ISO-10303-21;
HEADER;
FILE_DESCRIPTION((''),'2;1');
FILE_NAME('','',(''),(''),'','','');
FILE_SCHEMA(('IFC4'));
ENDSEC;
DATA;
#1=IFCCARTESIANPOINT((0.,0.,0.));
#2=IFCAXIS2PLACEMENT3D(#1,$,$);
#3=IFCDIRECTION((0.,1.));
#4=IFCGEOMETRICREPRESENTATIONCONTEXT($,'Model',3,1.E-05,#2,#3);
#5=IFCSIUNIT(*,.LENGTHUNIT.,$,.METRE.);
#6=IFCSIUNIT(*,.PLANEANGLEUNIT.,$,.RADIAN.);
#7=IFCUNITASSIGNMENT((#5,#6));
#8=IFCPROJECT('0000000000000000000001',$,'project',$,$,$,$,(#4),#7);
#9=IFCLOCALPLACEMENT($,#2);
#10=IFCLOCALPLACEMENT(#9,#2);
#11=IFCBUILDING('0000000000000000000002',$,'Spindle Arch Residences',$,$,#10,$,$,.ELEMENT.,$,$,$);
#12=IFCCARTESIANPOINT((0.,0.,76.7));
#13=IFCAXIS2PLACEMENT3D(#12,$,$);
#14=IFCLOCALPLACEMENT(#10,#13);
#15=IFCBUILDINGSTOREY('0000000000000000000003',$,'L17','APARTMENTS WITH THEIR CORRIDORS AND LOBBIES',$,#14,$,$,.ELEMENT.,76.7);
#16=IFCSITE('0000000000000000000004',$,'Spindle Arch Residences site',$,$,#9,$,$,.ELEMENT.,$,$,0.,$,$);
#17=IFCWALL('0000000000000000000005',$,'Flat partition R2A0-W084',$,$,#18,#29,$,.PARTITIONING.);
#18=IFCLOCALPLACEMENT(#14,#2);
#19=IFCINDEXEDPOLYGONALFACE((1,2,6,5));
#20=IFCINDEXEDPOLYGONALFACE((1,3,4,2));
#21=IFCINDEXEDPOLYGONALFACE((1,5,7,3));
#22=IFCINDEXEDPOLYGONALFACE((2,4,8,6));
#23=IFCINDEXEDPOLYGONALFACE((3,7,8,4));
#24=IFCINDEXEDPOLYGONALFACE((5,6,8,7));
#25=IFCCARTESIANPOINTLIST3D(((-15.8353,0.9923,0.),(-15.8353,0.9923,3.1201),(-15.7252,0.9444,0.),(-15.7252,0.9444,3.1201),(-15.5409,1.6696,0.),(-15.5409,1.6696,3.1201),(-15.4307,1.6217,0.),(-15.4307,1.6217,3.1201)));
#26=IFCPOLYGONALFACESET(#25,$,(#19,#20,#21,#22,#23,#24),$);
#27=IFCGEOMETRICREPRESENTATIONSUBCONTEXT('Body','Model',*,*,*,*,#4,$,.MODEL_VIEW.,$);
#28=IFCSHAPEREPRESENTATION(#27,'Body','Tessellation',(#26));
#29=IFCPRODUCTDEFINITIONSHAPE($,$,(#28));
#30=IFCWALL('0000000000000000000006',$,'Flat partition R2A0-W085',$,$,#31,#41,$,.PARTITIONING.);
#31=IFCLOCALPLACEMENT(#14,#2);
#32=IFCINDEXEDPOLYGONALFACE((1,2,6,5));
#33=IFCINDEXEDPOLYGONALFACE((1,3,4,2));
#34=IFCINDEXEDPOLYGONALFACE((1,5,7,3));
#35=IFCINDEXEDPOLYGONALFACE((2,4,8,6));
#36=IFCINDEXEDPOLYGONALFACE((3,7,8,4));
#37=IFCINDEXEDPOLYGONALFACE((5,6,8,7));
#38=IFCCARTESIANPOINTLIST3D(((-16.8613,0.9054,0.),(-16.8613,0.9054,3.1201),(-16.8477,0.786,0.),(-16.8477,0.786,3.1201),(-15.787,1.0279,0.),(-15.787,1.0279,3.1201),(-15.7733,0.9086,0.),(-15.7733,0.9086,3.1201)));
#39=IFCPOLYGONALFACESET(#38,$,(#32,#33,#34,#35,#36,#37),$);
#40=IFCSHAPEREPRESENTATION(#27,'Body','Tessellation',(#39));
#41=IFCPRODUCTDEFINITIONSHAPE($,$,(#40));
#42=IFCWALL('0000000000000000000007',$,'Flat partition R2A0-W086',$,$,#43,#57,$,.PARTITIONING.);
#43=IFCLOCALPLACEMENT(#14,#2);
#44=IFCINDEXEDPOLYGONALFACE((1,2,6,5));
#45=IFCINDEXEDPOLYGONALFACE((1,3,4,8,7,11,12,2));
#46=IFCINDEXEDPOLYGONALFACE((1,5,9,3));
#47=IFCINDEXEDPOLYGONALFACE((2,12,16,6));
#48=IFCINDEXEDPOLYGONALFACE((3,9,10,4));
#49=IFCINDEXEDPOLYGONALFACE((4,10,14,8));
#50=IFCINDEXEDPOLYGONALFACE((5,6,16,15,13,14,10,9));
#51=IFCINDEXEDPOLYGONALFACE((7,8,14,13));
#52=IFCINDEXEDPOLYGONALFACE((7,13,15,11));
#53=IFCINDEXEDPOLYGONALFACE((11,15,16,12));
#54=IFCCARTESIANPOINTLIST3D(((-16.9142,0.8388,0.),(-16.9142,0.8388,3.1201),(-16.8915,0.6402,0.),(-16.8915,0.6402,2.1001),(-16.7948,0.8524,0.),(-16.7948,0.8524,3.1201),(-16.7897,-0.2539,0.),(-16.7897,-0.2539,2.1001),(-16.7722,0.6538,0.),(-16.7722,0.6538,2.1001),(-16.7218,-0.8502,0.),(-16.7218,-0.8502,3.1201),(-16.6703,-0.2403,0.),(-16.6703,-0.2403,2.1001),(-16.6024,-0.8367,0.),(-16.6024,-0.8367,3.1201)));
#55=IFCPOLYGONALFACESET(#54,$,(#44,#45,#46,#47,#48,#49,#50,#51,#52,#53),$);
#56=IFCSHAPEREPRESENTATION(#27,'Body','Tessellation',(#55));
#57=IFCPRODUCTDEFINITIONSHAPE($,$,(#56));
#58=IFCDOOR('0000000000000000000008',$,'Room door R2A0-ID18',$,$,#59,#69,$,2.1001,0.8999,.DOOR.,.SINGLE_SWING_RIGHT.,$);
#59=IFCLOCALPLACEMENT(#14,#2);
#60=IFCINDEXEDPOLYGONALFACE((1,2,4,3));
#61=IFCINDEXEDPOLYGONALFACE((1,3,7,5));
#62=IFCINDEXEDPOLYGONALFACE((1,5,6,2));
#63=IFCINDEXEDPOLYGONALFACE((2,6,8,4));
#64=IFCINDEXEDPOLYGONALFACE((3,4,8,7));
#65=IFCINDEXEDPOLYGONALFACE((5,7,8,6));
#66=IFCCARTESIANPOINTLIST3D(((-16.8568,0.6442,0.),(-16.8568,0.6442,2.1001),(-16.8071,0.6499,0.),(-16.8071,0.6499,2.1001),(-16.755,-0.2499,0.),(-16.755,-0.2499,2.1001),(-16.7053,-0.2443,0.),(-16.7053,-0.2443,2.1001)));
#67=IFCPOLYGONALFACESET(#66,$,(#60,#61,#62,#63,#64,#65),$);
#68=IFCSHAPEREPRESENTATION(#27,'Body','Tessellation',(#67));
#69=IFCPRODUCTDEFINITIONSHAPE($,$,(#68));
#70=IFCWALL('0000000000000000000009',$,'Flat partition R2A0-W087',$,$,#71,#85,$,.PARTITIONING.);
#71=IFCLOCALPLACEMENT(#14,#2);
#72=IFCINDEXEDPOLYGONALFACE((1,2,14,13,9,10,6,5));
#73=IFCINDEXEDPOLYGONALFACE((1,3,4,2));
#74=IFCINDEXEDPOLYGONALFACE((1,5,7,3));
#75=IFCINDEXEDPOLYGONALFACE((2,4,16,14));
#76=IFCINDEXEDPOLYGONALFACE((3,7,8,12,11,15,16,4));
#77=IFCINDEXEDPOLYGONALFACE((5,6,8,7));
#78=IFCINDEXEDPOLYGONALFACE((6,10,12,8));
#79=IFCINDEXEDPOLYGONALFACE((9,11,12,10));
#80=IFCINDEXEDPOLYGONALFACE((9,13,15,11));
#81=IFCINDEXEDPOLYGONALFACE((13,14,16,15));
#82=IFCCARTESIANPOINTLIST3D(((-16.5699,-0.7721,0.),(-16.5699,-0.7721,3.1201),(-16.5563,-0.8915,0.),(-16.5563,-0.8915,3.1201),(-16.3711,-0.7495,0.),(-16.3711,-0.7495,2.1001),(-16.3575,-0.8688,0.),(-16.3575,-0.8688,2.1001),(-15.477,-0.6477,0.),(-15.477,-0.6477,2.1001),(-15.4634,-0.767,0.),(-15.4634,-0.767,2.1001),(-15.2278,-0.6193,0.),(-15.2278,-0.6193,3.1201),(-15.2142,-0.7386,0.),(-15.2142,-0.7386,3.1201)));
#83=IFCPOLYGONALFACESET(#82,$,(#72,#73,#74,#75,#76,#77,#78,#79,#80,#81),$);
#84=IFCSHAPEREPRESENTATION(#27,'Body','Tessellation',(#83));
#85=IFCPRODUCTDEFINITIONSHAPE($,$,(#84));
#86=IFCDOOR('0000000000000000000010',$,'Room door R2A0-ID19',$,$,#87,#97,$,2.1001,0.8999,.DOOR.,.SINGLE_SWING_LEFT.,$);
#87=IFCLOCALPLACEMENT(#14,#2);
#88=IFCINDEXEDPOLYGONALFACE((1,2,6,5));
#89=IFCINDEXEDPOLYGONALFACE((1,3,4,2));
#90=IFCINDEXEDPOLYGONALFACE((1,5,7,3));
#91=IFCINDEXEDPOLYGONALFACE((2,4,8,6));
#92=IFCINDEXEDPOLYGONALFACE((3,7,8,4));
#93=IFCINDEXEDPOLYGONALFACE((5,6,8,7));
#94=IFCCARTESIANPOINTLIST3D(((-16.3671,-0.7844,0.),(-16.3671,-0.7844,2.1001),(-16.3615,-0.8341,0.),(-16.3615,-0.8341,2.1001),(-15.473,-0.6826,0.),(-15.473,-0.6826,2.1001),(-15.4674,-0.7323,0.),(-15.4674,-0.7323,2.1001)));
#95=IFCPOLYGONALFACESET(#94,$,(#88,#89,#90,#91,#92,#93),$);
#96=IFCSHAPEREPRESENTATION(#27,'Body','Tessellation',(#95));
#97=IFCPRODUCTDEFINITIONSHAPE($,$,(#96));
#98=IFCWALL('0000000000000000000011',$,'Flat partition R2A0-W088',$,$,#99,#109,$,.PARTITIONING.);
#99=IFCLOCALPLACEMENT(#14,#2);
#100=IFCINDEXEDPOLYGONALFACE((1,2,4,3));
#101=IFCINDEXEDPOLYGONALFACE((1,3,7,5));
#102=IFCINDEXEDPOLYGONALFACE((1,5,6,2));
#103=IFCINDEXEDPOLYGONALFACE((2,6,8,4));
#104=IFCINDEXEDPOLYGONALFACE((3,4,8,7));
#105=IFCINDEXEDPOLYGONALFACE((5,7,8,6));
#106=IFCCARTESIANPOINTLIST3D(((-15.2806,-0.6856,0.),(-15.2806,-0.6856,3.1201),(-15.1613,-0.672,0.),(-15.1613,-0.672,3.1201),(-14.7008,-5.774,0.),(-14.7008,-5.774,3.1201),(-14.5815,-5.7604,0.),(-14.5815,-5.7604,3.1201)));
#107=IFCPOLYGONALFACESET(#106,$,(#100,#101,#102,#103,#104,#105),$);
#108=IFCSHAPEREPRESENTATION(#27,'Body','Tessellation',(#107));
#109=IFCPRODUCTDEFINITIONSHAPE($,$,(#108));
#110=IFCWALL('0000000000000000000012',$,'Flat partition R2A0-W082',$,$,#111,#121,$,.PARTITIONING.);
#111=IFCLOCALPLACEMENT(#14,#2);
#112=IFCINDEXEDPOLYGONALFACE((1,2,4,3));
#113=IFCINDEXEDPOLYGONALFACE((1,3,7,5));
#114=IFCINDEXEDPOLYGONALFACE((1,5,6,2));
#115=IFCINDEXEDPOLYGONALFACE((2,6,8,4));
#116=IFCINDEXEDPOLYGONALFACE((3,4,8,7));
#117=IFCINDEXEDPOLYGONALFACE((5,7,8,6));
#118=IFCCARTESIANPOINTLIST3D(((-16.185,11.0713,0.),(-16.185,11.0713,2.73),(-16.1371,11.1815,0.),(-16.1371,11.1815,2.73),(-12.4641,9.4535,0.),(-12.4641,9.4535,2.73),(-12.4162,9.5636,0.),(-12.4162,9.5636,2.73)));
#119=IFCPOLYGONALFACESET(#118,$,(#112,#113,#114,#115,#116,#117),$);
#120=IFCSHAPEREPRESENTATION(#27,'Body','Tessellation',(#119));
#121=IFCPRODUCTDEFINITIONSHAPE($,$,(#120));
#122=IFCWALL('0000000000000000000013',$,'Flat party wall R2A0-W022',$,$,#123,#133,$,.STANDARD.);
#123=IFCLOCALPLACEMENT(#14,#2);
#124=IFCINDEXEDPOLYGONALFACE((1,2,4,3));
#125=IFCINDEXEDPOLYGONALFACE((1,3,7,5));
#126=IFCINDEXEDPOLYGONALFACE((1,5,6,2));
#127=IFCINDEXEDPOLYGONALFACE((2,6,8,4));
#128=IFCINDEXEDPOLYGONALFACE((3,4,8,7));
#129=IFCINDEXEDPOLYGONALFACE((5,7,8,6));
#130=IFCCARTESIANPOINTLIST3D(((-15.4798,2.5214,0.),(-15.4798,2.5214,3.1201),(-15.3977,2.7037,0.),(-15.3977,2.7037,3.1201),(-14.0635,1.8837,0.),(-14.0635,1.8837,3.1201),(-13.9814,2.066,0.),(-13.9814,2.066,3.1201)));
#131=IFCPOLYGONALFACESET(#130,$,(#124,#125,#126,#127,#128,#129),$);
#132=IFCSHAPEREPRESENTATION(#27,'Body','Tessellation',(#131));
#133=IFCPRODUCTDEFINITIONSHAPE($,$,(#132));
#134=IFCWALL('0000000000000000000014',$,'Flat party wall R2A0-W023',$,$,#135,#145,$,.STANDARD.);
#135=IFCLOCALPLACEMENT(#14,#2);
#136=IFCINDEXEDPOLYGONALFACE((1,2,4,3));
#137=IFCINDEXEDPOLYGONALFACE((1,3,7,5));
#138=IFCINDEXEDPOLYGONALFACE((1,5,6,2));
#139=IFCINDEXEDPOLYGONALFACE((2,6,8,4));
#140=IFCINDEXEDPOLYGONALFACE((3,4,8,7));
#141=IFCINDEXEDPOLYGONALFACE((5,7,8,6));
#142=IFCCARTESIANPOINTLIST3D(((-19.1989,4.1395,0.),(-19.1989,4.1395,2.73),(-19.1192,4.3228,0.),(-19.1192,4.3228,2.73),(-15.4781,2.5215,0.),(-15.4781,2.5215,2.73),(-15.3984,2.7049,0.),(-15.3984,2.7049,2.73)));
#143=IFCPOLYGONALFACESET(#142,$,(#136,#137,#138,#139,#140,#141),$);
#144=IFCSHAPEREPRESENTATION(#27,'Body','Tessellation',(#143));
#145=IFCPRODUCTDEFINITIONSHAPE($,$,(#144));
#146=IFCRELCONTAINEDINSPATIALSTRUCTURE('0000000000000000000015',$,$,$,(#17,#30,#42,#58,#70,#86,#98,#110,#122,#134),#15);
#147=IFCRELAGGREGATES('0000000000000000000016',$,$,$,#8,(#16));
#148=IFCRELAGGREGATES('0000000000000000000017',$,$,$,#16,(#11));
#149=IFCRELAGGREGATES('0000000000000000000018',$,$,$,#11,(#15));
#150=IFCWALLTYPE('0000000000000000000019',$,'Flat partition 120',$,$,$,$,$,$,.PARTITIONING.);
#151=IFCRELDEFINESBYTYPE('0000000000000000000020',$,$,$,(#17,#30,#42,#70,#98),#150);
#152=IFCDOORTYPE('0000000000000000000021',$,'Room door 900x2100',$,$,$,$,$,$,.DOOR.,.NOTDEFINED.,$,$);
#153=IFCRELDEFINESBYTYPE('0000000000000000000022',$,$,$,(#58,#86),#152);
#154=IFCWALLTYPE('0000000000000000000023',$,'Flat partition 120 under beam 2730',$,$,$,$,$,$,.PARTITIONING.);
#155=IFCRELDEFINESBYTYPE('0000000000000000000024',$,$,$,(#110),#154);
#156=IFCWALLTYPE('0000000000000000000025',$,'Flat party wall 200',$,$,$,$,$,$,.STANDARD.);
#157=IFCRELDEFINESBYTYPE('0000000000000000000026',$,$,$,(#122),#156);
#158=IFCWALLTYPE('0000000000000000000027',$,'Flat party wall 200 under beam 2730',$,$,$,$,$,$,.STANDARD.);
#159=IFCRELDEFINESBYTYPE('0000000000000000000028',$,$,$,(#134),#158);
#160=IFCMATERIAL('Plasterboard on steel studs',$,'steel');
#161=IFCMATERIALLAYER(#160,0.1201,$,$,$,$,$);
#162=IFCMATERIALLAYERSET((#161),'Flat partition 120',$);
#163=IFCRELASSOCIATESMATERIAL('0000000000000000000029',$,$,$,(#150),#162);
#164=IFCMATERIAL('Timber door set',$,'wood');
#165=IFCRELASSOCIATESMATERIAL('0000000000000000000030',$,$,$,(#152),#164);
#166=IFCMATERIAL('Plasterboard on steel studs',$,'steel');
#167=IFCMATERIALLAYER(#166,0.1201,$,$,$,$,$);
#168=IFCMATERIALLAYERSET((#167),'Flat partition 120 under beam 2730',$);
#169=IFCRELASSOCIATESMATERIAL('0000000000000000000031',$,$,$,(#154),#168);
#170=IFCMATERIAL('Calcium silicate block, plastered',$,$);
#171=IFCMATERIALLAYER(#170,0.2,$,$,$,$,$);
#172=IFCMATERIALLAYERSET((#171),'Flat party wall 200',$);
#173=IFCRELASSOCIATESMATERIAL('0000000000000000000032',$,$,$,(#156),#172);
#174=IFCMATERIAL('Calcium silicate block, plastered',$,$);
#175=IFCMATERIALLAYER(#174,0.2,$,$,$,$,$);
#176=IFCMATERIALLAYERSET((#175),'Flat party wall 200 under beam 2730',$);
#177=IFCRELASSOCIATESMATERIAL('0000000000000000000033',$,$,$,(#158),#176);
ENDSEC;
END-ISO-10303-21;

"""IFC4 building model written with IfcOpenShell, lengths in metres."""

from ifc_helpers import new_model, si_unit, direction, frame, frame_2d, origin, place, context, subcontext, project, spatial, rectangle, extrude, material, layer, layer_set, type_object, element, fill, save


model = new_model("IFC4")

# Units and contexts
model_context = context("Model", 3, precision=1e-05, world=origin(), true_north=direction((0.0, 1.0)))
body_context = subcontext(model_context, "Body", "Model", "MODEL_VIEW")
ifc_project = project(units=[si_unit("LENGTHUNIT", "METRE"), si_unit("PLANEANGLEUNIT", "RADIAN")], contexts=[model_context])

# Site, building, storey
site_placement = place(None, origin())
site = spatial("IfcSite", under=ifc_project, at=site_placement, Name="Spindle Arch Residences site", CompositionType="ELEMENT", RefElevation=0.0)
building_placement = place(site_placement, origin())
building = spatial("IfcBuilding", under=site, at=building_placement, Name="Spindle Arch Residences", CompositionType="ELEMENT")
storey_placement = place(building_placement, frame((0.0, 0.0, 76.7)))
storey = spatial("IfcBuildingStorey", under=building, at=storey_placement, Name="L17", Description="APARTMENTS WITH THEIR CORRIDORS AND LOBBIES", CompositionType="ELEMENT", Elevation=76.7)

# Walls
ifc_material_1 = material(Name="Plasterboard on steel studs", Category="steel")
ifc_layer_1 = layer(ifc_material_1, 0.1201)
ifc_layer_set_1 = layer_set([ifc_layer_1], Name="Flat partition 120")
wall_type_1 = type_object("IfcWallType", Name="Flat partition 120", PredefinedType="PARTITIONING", material=ifc_layer_set_1)
wall_1_placement = place(storey_placement, frame((-15.4858, 1.6455, 0.0), z_axis=(0.0, 0.0, 1.0), x_axis=(-0.398702, -0.917081, 0.0)))
element("IfcWall", 1, at=wall_1_placement, inside=storey, type_object=wall_type_1, Name="Flat partition R2A0-W084", PredefinedType="PARTITIONING", context=body_context, shape_type="SweptSolid", body=[
    extrude(rectangle(XDim=0.7385, YDim=0.1201, at=frame_2d((0.3691, 0.0))), origin(), (0.0, 0.0, 1.0), 3.1201),
])
wall_2_placement = place(storey_placement, frame((-15.7803, 0.9683, 0.0), z_axis=(0.0, 0.0, 1.0), x_axis=(-0.993554, -0.113356, 0.0)))
element("IfcWall", 2, at=wall_2_placement, inside=storey, type_object=wall_type_1, Name="Flat partition R2A0-W085", PredefinedType="PARTITIONING", context=body_context, shape_type="SweptSolid", body=[
    extrude(rectangle(XDim=1.0813, YDim=0.1201, at=frame_2d((0.5405, 0.0))), origin(), (0.0, 0.0, 1.0), 3.1201),
])

# Walls, openings, doors
wall_3_placement = place(storey_placement, frame((-16.8545, 0.8457, 0.0), z_axis=(0.0, 0.0, 1.0), x_axis=(0.113174, -0.993575, 0.0)))
wall_3 = element("IfcWall", 3, at=wall_3_placement, inside=storey, type_object=wall_type_1, Name="Flat partition R2A0-W086", PredefinedType="PARTITIONING", context=body_context, shape_type="SweptSolid", body=[
    extrude(rectangle(XDim=1.7, YDim=0.1201, at=frame_2d((0.8501, 0.0))), origin(), (0.0, 0.0, 1.0), 3.1201),
])
opening_1_placement = place(wall_3_placement, frame((0.2, 0.0, 0.0)))
opening_1 = element("IfcOpeningElement", 4, at=opening_1_placement, cuts=wall_3, PredefinedType="OPENING", context=body_context, shape_type="SweptSolid", body=[
    extrude(rectangle(XDim=0.8999, YDim=2.1001, at=frame_2d((0.45, 1.05))), frame((0.0, 0.0701, 0.0), z_axis=(0.0, -1.0, 0.0), x_axis=(1.0, 0.0, 0.0)), (0.0, 0.0, 1.0), 0.1401),
])
ifc_material_2 = material(Name="Timber door set", Category="wood")
door_type_1 = type_object("IfcDoorType", Name="Room door 900x2100", OperationType="NOTDEFINED", PredefinedType="DOOR", material=ifc_material_2)
door_1_placement = place(opening_1_placement, origin())
door_1 = element("IfcDoor", 5, at=door_1_placement, inside=storey, type_object=door_type_1, Name="Room door R2A0-ID18", OperationType="SINGLE_SWING_RIGHT", OverallHeight=2.1001, OverallWidth=0.8999, PredefinedType="DOOR", context=body_context, shape_type="SweptSolid", body=[
    extrude(rectangle(XDim=0.8999, YDim=2.1001, at=frame_2d((0.45, 1.05))), frame((0.0, 0.0249, 0.0), z_axis=(0.0, -1.0, 0.0), x_axis=(1.0, 0.0, 0.0)), (0.0, 0.0, 1.0), 0.05),
])
fill(opening_1, door_1)
wall_4_placement = place(storey_placement, frame((-16.563, -0.8318, 0.0), z_axis=(0.0, 0.0, 1.0), x_axis=(0.993578, 0.113149, 0.0)))
wall_4 = element("IfcWall", 6, at=wall_4_placement, inside=storey, type_object=wall_type_1, Name="Flat partition R2A0-W087", PredefinedType="PARTITIONING", context=body_context, shape_type="SweptSolid", body=[
    extrude(rectangle(XDim=1.3508, YDim=0.1201, at=frame_2d((0.6753, 0.0))), origin(), (0.0, 0.0, 1.0), 3.1201),
])
opening_2_placement = place(wall_4_placement, frame((0.2, 0.0, 0.0)))
opening_2 = element("IfcOpeningElement", 7, at=opening_2_placement, cuts=wall_4, PredefinedType="OPENING", context=body_context, shape_type="SweptSolid", body=[
    extrude(rectangle(XDim=0.8999, YDim=2.1001, at=frame_2d((0.45, 1.05))), frame((0.0, 0.0701, 0.0), z_axis=(0.0, -1.0, 0.0), x_axis=(1.0, 0.0, 0.0)), (0.0, 0.0, 1.0), 0.1401),
])
door_2_placement = place(opening_2_placement, origin())
door_2 = element("IfcDoor", 8, at=door_2_placement, inside=storey, type_object=door_type_1, Name="Room door R2A0-ID19", OperationType="SINGLE_SWING_LEFT", OverallHeight=2.1001, OverallWidth=0.8999, PredefinedType="DOOR", context=body_context, shape_type="SweptSolid", body=[
    extrude(rectangle(XDim=0.8999, YDim=2.1001, at=frame_2d((0.45, 1.05))), frame((0.0, 0.0249, 0.0), z_axis=(0.0, -1.0, 0.0), x_axis=(1.0, 0.0, 0.0)), (0.0, 0.0, 1.0), 0.05),
])
fill(opening_2, door_2)

# Walls
wall_5_placement = place(storey_placement, frame((-15.2209, -0.679, 0.0), z_axis=(0.0, 0.0, 1.0), x_axis=(0.11322, -0.99357, 0.0)))
element("IfcWall", 9, at=wall_5_placement, inside=storey, type_object=wall_type_1, Name="Flat partition R2A0-W088", PredefinedType="PARTITIONING", context=body_context, shape_type="SweptSolid", body=[
    extrude(rectangle(XDim=5.1213, YDim=0.1201, at=frame_2d((2.5605, 0.0))), origin(), (0.0, 0.0, 1.0), 3.1201),
])
ifc_material_3 = material(Name="Plasterboard on steel studs", Category="steel")
ifc_layer_2 = layer(ifc_material_3, 0.1201)
ifc_layer_set_2 = layer_set([ifc_layer_2], Name="Flat partition 120 under beam 2730")
wall_type_2 = type_object("IfcWallType", Name="Flat partition 120 under beam 2730", PredefinedType="PARTITIONING", material=ifc_layer_set_2)
wall_6_placement = place(storey_placement, frame((-16.1611, 11.1265, 0.0), z_axis=(0.0, 0.0, 1.0), x_axis=(0.91706, -0.39875, 0.0)))
element("IfcWall", 10, at=wall_6_placement, inside=storey, type_object=wall_type_2, Name="Flat partition R2A0-W082", PredefinedType="PARTITIONING", context=body_context, shape_type="SweptSolid", body=[
    extrude(rectangle(XDim=4.0574, YDim=0.1201, at=frame_2d((2.0288, 0.0))), origin(), (0.0, 0.0, 1.0), 2.73),
])
ifc_material_4 = material(Name="Calcium silicate block, plastered")
ifc_layer_3 = layer(ifc_material_4, 0.2)
ifc_layer_set_3 = layer_set([ifc_layer_3], Name="Flat party wall 200")
wall_type_3 = type_object("IfcWallType", Name="Flat party wall 200", PredefinedType="STANDARD", material=ifc_layer_set_3)
wall_7_placement = place(storey_placement, frame((-15.4387, 2.6125, 0.0), z_axis=(0.0, 0.0, 1.0), x_axis=(0.91183, -0.410567, 0.0)))
element("IfcWall", 11, at=wall_7_placement, inside=storey, type_object=wall_type_3, Name="Flat party wall R2A0-W022", PredefinedType="STANDARD", context=body_context, shape_type="SweptSolid", body=[
    extrude(rectangle(XDim=1.5532, YDim=0.2, at=frame_2d((0.7766, 0.0))), origin(), (0.0, 0.0, 1.0), 3.1201),
])
ifc_material_5 = material(Name="Calcium silicate block, plastered")
ifc_layer_4 = layer(ifc_material_5, 0.2)
ifc_layer_set_4 = layer_set([ifc_layer_4], Name="Flat party wall 200 under beam 2730")
wall_type_4 = type_object("IfcWallType", Name="Flat party wall 200 under beam 2730", PredefinedType="STANDARD", material=ifc_layer_set_4)
wall_8_placement = place(storey_placement, frame((-19.1592, 4.2312, 0.0), z_axis=(0.0, 0.0, 1.0), x_axis=(0.91705, -0.398772, 0.0)))
element("IfcWall", 12, at=wall_8_placement, inside=storey, type_object=wall_type_4, Name="Flat party wall R2A0-W023", PredefinedType="STANDARD", context=body_context, shape_type="SweptSolid", body=[
    extrude(rectangle(XDim=4.0574, YDim=0.2, at=frame_2d((2.0288, 0.0))), origin(), (0.0, 0.0, 1.0), 2.73),
])

save(model, "model.ifc")
